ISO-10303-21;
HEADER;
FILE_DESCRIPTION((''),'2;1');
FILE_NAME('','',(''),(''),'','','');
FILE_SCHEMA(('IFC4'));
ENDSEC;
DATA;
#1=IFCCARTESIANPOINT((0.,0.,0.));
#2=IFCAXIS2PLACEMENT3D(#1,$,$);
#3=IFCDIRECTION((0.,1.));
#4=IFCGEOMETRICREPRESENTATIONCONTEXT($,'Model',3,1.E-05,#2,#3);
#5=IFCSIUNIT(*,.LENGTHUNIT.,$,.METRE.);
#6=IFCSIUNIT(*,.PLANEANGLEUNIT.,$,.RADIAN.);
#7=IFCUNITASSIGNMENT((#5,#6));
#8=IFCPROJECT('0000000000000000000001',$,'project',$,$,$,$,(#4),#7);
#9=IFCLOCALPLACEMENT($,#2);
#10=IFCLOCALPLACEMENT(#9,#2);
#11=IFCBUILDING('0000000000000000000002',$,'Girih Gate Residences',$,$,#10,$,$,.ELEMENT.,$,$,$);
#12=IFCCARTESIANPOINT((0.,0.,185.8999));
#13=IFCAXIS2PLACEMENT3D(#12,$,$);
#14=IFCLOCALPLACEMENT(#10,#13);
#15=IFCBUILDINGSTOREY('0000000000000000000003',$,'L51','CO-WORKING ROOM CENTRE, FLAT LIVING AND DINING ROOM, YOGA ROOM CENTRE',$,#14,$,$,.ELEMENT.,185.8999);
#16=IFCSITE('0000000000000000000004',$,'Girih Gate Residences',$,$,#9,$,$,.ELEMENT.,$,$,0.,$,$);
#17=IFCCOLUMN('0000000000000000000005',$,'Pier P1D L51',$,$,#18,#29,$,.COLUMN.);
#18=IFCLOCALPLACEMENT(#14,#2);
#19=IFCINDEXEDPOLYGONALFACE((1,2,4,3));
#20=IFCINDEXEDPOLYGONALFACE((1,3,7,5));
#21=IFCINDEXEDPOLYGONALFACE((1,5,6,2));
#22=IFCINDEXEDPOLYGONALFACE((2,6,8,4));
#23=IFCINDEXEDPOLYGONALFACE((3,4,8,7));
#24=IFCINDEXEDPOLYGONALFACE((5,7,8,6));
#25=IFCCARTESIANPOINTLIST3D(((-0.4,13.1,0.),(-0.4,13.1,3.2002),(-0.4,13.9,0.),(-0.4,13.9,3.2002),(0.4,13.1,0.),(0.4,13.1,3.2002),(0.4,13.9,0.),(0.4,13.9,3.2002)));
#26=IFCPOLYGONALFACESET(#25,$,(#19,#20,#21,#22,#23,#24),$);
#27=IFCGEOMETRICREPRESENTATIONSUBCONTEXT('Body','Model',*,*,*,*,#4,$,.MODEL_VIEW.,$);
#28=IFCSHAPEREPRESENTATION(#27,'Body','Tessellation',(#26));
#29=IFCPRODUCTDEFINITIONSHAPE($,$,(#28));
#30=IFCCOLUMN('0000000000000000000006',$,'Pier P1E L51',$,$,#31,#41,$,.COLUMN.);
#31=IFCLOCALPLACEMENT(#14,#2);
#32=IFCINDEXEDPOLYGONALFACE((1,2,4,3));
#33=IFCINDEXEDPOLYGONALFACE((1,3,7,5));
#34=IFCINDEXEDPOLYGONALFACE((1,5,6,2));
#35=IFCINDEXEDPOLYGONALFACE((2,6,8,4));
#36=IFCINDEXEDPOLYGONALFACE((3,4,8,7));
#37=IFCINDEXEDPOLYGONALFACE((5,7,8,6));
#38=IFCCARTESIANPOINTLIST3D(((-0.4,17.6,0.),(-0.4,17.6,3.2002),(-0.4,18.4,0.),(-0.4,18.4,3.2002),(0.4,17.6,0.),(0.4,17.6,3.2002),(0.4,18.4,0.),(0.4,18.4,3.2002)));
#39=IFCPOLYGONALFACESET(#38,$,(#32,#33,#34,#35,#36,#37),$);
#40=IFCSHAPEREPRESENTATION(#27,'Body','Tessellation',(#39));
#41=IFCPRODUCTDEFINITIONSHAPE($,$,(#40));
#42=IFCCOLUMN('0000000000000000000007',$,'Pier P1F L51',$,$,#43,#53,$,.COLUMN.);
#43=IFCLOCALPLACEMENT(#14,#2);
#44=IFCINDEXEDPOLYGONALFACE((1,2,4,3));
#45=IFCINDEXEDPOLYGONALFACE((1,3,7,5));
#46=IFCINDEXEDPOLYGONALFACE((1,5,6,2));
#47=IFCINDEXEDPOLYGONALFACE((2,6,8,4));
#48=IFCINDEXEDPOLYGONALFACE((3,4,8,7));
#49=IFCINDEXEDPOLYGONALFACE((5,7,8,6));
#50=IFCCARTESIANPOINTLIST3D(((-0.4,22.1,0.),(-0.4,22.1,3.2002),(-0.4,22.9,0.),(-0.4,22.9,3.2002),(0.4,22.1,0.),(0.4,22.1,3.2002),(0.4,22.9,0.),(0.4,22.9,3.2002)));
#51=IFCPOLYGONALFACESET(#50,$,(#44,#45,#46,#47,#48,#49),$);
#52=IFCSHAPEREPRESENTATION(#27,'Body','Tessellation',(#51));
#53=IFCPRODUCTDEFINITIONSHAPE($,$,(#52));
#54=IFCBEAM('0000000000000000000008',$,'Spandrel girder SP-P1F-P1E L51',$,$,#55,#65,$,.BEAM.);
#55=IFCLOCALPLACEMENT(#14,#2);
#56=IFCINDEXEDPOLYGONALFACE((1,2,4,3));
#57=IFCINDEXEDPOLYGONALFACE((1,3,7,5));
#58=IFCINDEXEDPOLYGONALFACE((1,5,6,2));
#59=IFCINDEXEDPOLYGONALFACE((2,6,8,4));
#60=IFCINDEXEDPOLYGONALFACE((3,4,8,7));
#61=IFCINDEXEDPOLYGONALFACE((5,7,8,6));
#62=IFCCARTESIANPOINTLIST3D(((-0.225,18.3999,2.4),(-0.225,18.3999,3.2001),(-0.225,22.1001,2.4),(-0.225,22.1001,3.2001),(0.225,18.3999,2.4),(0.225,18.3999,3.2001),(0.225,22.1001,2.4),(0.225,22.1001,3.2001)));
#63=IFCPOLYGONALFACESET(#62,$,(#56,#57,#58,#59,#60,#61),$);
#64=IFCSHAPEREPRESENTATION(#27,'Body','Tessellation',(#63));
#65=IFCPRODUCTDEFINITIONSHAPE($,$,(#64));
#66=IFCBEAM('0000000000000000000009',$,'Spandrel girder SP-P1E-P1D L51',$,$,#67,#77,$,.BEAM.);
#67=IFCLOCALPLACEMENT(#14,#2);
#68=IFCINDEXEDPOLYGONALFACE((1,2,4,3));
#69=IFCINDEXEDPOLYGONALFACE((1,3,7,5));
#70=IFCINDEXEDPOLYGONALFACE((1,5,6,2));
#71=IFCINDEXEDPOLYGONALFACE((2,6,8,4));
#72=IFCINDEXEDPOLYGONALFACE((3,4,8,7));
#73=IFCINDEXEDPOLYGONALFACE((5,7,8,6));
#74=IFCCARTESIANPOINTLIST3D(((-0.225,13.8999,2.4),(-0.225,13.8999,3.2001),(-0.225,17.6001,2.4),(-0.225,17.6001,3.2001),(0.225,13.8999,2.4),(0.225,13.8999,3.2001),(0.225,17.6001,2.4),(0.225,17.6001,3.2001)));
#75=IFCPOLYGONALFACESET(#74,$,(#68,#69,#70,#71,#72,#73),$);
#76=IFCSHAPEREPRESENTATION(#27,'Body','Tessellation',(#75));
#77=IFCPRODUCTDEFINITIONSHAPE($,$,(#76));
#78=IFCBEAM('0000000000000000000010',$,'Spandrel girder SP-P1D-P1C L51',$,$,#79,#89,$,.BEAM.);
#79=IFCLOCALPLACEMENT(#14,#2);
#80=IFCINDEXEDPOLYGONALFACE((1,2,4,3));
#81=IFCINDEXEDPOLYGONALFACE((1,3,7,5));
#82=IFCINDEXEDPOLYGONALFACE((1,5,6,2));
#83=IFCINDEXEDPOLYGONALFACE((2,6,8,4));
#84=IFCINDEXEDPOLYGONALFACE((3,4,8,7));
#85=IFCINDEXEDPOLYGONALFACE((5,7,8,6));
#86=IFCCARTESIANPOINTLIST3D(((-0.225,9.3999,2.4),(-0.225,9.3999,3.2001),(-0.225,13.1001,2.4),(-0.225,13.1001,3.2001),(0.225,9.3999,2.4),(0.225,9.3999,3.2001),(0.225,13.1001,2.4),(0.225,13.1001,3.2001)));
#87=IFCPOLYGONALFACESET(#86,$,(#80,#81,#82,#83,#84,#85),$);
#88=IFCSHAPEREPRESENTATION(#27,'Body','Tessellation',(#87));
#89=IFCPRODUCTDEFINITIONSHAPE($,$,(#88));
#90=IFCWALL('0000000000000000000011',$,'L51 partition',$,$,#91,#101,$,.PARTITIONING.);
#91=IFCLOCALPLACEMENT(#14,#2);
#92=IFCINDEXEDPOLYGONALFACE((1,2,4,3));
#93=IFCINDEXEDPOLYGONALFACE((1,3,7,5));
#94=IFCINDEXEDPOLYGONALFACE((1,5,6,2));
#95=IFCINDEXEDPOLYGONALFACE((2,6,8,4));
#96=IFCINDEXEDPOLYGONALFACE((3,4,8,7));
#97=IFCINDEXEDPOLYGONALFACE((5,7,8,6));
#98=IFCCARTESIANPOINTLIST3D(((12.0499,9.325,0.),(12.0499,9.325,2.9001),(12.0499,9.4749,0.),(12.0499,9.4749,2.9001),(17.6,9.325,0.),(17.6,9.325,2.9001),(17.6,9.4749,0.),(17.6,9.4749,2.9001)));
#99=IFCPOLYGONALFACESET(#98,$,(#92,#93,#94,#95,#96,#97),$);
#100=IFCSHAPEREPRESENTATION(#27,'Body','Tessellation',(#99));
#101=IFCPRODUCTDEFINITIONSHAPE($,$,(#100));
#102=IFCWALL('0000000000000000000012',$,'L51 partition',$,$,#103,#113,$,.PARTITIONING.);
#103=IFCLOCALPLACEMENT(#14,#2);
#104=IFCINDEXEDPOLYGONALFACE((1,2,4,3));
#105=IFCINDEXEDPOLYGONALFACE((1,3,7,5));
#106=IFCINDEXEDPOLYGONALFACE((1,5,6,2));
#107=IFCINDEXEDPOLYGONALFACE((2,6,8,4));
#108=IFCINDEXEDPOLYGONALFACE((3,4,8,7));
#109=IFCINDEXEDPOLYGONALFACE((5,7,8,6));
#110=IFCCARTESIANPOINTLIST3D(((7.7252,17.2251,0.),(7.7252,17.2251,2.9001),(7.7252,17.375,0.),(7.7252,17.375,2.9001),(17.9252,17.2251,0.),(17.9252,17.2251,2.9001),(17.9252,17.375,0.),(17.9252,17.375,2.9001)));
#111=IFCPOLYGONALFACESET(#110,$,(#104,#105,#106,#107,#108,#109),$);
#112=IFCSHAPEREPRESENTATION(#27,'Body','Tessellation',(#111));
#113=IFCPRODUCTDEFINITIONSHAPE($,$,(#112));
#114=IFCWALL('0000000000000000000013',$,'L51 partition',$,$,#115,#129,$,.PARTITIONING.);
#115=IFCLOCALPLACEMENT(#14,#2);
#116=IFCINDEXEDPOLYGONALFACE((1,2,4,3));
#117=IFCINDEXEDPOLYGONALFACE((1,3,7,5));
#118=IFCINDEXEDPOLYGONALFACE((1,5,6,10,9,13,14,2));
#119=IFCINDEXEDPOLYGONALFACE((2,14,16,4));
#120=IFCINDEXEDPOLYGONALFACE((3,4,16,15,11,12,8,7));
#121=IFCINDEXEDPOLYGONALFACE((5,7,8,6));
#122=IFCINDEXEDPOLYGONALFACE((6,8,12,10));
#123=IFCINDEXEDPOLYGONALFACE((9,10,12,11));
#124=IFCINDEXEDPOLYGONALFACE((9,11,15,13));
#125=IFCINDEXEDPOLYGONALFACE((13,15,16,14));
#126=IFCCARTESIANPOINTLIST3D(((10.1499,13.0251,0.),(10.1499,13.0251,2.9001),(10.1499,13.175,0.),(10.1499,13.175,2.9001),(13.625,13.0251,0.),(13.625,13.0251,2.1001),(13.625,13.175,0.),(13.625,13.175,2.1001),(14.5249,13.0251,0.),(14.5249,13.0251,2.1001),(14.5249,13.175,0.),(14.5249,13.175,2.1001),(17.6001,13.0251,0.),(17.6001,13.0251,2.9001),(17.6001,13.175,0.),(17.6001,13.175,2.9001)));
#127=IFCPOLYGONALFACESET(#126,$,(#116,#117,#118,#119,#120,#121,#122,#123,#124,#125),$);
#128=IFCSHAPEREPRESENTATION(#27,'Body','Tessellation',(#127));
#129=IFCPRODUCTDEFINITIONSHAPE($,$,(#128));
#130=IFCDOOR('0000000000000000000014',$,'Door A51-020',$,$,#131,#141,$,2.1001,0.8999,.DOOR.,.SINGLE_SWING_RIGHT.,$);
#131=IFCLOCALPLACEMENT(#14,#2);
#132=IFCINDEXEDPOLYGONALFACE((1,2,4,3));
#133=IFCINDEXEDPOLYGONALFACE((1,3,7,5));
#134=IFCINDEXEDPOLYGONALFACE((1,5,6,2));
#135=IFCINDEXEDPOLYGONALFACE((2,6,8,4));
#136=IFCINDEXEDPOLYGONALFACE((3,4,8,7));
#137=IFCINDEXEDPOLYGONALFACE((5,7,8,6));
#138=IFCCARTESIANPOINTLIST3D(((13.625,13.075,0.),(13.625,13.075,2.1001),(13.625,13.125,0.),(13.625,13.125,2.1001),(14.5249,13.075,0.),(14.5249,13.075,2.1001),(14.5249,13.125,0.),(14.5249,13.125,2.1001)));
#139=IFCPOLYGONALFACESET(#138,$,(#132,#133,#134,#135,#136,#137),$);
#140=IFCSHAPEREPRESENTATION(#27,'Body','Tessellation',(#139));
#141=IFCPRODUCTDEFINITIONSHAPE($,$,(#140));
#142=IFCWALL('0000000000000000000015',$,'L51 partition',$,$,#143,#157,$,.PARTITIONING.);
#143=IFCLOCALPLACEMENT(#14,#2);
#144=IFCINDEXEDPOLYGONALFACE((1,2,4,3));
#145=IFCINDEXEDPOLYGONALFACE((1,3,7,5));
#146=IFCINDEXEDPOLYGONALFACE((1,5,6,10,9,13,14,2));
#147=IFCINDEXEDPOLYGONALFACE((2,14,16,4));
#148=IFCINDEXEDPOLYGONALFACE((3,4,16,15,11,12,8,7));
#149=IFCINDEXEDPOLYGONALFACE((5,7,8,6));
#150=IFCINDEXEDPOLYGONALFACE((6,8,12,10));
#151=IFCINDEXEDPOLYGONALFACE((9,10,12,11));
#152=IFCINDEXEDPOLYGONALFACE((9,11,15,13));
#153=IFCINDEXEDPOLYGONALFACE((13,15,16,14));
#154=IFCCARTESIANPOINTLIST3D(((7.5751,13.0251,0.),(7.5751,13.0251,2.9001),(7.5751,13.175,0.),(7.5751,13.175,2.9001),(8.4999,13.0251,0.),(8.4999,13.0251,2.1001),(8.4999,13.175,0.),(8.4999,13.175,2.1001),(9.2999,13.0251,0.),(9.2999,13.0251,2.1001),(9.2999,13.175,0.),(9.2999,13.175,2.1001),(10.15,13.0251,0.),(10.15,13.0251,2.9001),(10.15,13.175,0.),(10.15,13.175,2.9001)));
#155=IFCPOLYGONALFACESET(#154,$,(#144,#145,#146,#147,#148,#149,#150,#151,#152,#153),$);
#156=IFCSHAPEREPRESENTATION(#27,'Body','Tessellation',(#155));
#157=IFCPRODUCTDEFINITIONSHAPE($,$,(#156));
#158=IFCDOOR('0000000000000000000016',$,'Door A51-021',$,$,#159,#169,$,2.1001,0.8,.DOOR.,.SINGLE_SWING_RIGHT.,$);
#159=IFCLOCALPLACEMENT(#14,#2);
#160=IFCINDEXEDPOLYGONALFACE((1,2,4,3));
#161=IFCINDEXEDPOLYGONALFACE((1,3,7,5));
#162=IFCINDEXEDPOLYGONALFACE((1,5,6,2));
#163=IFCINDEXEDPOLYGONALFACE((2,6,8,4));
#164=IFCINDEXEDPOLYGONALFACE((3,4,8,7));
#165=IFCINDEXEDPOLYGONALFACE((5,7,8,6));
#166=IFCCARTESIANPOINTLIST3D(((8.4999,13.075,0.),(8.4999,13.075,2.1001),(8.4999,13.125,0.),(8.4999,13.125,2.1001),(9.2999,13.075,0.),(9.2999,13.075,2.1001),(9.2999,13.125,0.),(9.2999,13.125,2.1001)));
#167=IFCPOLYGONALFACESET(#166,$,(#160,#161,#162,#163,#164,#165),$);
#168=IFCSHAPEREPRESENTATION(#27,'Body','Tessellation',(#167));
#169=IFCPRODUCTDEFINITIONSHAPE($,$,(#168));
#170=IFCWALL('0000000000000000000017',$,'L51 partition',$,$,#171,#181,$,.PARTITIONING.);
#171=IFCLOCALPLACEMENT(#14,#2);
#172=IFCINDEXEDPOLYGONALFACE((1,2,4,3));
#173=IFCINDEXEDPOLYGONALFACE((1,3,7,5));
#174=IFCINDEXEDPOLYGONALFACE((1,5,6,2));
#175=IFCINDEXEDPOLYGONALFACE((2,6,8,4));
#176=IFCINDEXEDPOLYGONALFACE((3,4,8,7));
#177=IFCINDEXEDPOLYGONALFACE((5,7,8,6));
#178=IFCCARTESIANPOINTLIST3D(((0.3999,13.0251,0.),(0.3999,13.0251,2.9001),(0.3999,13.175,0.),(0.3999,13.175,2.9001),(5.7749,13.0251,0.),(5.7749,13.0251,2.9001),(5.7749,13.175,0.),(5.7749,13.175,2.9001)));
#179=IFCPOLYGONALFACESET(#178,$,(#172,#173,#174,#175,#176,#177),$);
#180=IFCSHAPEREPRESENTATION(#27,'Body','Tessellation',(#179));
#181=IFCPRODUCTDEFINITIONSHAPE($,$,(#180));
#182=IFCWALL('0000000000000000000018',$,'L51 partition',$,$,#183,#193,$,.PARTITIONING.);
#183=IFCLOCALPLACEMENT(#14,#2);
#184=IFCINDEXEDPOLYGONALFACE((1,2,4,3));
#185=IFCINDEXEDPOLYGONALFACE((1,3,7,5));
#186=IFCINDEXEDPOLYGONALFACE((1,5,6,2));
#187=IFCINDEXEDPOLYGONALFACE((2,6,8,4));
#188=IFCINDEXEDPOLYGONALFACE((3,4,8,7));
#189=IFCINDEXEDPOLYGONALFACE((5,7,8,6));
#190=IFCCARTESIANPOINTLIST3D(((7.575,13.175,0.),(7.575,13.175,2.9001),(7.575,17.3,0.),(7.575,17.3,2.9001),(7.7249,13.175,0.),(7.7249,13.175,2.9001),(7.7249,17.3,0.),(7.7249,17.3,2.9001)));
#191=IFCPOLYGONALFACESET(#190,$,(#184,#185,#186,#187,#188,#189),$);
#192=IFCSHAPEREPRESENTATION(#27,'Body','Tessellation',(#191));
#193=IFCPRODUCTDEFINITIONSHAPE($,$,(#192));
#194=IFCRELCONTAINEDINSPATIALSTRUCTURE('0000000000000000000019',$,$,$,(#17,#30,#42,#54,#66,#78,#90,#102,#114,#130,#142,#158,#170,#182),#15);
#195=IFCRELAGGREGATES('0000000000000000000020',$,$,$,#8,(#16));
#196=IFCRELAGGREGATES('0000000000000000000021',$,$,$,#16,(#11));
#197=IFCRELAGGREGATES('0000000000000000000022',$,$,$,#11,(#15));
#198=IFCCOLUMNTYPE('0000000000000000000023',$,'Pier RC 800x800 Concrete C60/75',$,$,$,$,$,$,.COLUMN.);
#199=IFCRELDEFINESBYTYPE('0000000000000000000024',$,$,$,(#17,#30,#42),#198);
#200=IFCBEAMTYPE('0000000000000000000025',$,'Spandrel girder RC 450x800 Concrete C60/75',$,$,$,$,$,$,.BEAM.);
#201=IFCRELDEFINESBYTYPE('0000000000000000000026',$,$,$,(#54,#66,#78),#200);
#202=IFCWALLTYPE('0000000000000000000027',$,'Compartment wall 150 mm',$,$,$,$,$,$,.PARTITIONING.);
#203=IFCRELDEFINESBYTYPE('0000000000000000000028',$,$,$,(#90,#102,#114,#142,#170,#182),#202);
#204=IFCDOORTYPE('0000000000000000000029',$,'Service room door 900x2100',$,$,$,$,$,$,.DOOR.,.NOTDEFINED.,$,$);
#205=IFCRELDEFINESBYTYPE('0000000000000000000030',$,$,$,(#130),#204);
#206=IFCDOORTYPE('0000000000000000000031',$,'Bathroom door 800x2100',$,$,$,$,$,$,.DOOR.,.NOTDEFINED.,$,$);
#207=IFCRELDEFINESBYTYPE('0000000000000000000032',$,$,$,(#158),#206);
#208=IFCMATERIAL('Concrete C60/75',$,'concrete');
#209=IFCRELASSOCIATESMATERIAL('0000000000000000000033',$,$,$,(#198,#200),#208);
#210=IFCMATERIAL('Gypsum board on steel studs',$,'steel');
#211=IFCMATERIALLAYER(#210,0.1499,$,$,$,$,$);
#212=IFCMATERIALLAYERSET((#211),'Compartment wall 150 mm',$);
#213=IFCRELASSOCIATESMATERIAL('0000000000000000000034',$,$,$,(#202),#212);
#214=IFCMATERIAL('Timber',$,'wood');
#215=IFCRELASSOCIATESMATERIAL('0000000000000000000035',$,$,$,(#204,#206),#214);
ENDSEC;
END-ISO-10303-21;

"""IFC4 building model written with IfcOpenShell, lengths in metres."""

from ifc_helpers import new_model, si_unit, direction, frame, frame_2d, origin, origin_2d, place, context, subcontext, project, spatial, rectangle, extrude, material, layer, layer_set, material_profile, profile_set, type_object, element, fill, save


model = new_model("IFC4")

# Units and contexts
model_context = context("Model", 3, precision=1e-05, world=origin(), true_north=direction((0.0, 1.0)))
body_context = subcontext(model_context, "Body", "Model", "MODEL_VIEW")
ifc_project = project(units=[si_unit("LENGTHUNIT", "METRE"), si_unit("PLANEANGLEUNIT", "RADIAN")], contexts=[model_context])

# Site, building, storey
site_placement = place(None, origin())
site = spatial("IfcSite", under=ifc_project, at=site_placement, Name="Girih Gate Residences", CompositionType="ELEMENT", RefElevation=0.0)
building_placement = place(site_placement, origin())
building = spatial("IfcBuilding", under=site, at=building_placement, Name="Girih Gate Residences", CompositionType="ELEMENT")
storey_placement = place(building_placement, frame((0.0, 0.0, 185.8999)))
storey = spatial("IfcBuildingStorey", under=building, at=storey_placement, Name="L51", Description="CO-WORKING ROOM CENTRE, FLAT LIVING AND DINING ROOM, YOGA ROOM CENTRE", CompositionType="ELEMENT", Elevation=185.8999)

# Columns
ifc_material_1 = material(Name="Concrete C60/75", Category="concrete")
ifc_material_profile_1 = material_profile(ifc_material_1, rectangle(XDim=0.8, YDim=0.8, at=origin_2d()))
ifc_profile_set_1 = profile_set([ifc_material_profile_1], Name="Concrete C60/75")
column_type = type_object("IfcColumnType", Name="Pier RC 800x800 Concrete C60/75", PredefinedType="COLUMN", material=ifc_profile_set_1)
for number, where, z_axis, x_axis, name in (
    (1, (0.0, 13.5, 0.0), (0.0, 0.0, 1.0), (1.0, 0.0, 0.0), "Pier P1D L51"),
    (2, (0.0, 18.0, 0.0), (0.0, 0.0, 1.0), (1.0, 0.0, 0.0), "Pier P1E L51"),
    (3, (0.0, 22.5, 0.0), (0.0, 0.0, 1.0), (1.0, 0.0, 0.0), "Pier P1F L51"),
):
    element("IfcColumn", number, at=place(storey_placement, frame(where, z_axis=z_axis, x_axis=x_axis)), inside=storey, type_object=column_type, Name=name, PredefinedType="COLUMN", context=body_context, shape_type="SweptSolid", body=[
        extrude(rectangle(XDim=0.8, YDim=0.8, at=origin_2d()), origin(), (0.0, 0.0, 1.0), 3.2002),
    ])

# Beams
ifc_material_profile_2 = material_profile(ifc_material_1, rectangle(XDim=0.45, YDim=0.8, at=origin_2d()))
ifc_profile_set_2 = profile_set([ifc_material_profile_2], Name="Concrete C60/75")
beam_type = type_object("IfcBeamType", Name="Spandrel girder RC 450x800 Concrete C60/75", PredefinedType="BEAM", material=ifc_profile_set_2)
for number, where, z_axis, x_axis, name in (
    (4, (0.0, 22.1001, 2.8), (0.0, -1.0, 0.0), (1.0, 0.0, 0.0), "Spandrel girder SP-P1F-P1E L51"),
    (5, (0.0, 17.6001, 2.8), (0.0, -1.0, 0.0), (1.0, 0.0, 0.0), "Spandrel girder SP-P1E-P1D L51"),
    (6, (0.0, 13.1001, 2.8), (0.0, -1.0, 0.0), (1.0, 0.0, 0.0), "Spandrel girder SP-P1D-P1C L51"),
):
    element("IfcBeam", number, at=place(storey_placement, frame(where, z_axis=z_axis, x_axis=x_axis)), inside=storey, type_object=beam_type, Name=name, PredefinedType="BEAM", context=body_context, shape_type="SweptSolid", body=[
        extrude(rectangle(XDim=0.45, YDim=0.8, at=origin_2d()), origin(), (0.0, 0.0, 1.0), 3.7002),
    ])

# Wall
ifc_material_2 = material(Name="Gypsum board on steel studs", Category="steel")
ifc_layer_1 = layer(ifc_material_2, 0.1499)
ifc_layer_set_1 = layer_set([ifc_layer_1], Name="Compartment wall 150 mm")
wall_type_1 = type_object("IfcWallType", Name="Compartment wall 150 mm", PredefinedType="PARTITIONING", material=ifc_layer_set_1)
wall_1_placement = place(storey_placement, frame((12.05, 9.3999, 0.0), z_axis=(0.0, 0.0, 1.0), x_axis=(1.0, 0.0, 0.0)))
element("IfcWall", 7, at=wall_1_placement, inside=storey, type_object=wall_type_1, Name="L51 partition", PredefinedType="PARTITIONING", context=body_context, shape_type="SweptSolid", body=[
    extrude(rectangle(XDim=5.55, YDim=0.1499, at=frame_2d((2.7749, 0.0))), origin(), (0.0, 0.0, 1.0), 2.9001),
])

# Wall
wall_2_placement = place(storey_placement, frame((7.7251, 17.3, 0.0), z_axis=(0.0, 0.0, 1.0), x_axis=(1.0, 0.0, 0.0)))
element("IfcWall", 8, at=wall_2_placement, inside=storey, type_object=wall_type_1, Name="L51 partition", PredefinedType="PARTITIONING", context=body_context, shape_type="SweptSolid", body=[
    extrude(rectangle(XDim=10.2, YDim=0.1499, at=frame_2d((5.1001, 0.0))), origin(), (0.0, 0.0, 1.0), 2.9001),
])

# Walls, openings, doors
wall_3_placement = place(storey_placement, frame((10.1499, 13.1001, 0.0), z_axis=(0.0, 0.0, 1.0), x_axis=(1.0, 0.0, 0.0)))
wall_3 = element("IfcWall", 9, at=wall_3_placement, inside=storey, type_object=wall_type_1, Name="L51 partition", PredefinedType="PARTITIONING", context=body_context, shape_type="SweptSolid", body=[
    extrude(rectangle(XDim=7.4502, YDim=0.1499, at=frame_2d((3.7251, 0.0))), origin(), (0.0, 0.0, 1.0), 2.9001),
])
opening_1_placement = place(wall_3_placement, frame((3.4751, 0.0, 0.0)))
opening_1 = element("IfcOpeningElement", 10, at=opening_1_placement, cuts=wall_3, PredefinedType="OPENING", context=body_context, shape_type="SweptSolid", body=[
    extrude(rectangle(XDim=0.8999, YDim=2.1001, at=frame_2d((0.45, 1.05))), frame((0.0, 0.085, 0.0), z_axis=(0.0, -1.0, 0.0), x_axis=(1.0, 0.0, 0.0)), (0.0, 0.0, 1.0), 0.1699),
])
ifc_material_3 = material(Name="Timber", Category="wood")
door_type_1 = type_object("IfcDoorType", Name="Service room door 900x2100", OperationType="NOTDEFINED", PredefinedType="DOOR", material=ifc_material_3)
door_1_placement = place(opening_1_placement, origin())
door_1 = element("IfcDoor", 11, at=door_1_placement, inside=storey, type_object=door_type_1, Name="Door A51-020", OperationType="SINGLE_SWING_RIGHT", OverallHeight=2.1001, OverallWidth=0.8999, PredefinedType="DOOR", context=body_context, shape_type="SweptSolid", body=[
    extrude(rectangle(XDim=0.8999, YDim=2.1001, at=frame_2d((0.45, 1.05))), frame((0.0, 0.0249, 0.0), z_axis=(0.0, -1.0, 0.0), x_axis=(1.0, 0.0, 0.0)), (0.0, 0.0, 1.0), 0.05),
])
fill(opening_1, door_1)
wall_4_placement = place(storey_placement, frame((7.575, 13.1001, 0.0), z_axis=(0.0, 0.0, 1.0), x_axis=(1.0, 0.0, 0.0)))
wall_4 = element("IfcWall", 12, at=wall_4_placement, inside=storey, type_object=wall_type_1, Name="L51 partition", PredefinedType="PARTITIONING", context=body_context, shape_type="SweptSolid", body=[
    extrude(rectangle(XDim=2.575, YDim=0.1499, at=frame_2d((1.2876, 0.0))), origin(), (0.0, 0.0, 1.0), 2.9001),
])
opening_2_placement = place(wall_4_placement, frame((0.925, 0.0, 0.0)))
opening_2 = element("IfcOpeningElement", 13, at=opening_2_placement, cuts=wall_4, PredefinedType="OPENING", context=body_context, shape_type="SweptSolid", body=[
    extrude(rectangle(XDim=0.8, YDim=2.1001, at=frame_2d((0.3999, 1.05))), frame((0.0, 0.085, 0.0), z_axis=(0.0, -1.0, 0.0), x_axis=(1.0, 0.0, 0.0)), (0.0, 0.0, 1.0), 0.1699),
])
door_type_2 = type_object("IfcDoorType", Name="Bathroom door 800x2100", OperationType="NOTDEFINED", PredefinedType="DOOR", material=ifc_material_3)
door_2_placement = place(opening_2_placement, origin())
door_2 = element("IfcDoor", 14, at=door_2_placement, inside=storey, type_object=door_type_2, Name="Door A51-021", OperationType="SINGLE_SWING_RIGHT", OverallHeight=2.1001, OverallWidth=0.8, PredefinedType="DOOR", context=body_context, shape_type="SweptSolid", body=[
    extrude(rectangle(XDim=0.8, YDim=2.1001, at=frame_2d((0.3999, 1.05))), frame((0.0, 0.0249, 0.0), z_axis=(0.0, -1.0, 0.0), x_axis=(1.0, 0.0, 0.0)), (0.0, 0.0, 1.0), 0.05),
])
fill(opening_2, door_2)

# Walls
wall_5_placement = place(storey_placement, frame((0.3999, 13.1001, 0.0), z_axis=(0.0, 0.0, 1.0), x_axis=(1.0, 0.0, 0.0)))
element("IfcWall", 15, at=wall_5_placement, inside=storey, type_object=wall_type_1, Name="L51 partition", PredefinedType="PARTITIONING", context=body_context, shape_type="SweptSolid", body=[
    extrude(rectangle(XDim=5.375, YDim=0.1499, at=frame_2d((2.6875, 0.0))), origin(), (0.0, 0.0, 1.0), 2.9001),
])
wall_6_placement = place(storey_placement, frame((7.6499, 13.175, 0.0), z_axis=(0.0, 0.0, 1.0), x_axis=(0.0, 1.0, 0.0)))
element("IfcWall", 16, at=wall_6_placement, inside=storey, type_object=wall_type_1, Name="L51 partition", PredefinedType="PARTITIONING", context=body_context, shape_type="SweptSolid", body=[
    extrude(rectangle(XDim=4.125, YDim=0.1499, at=frame_2d((2.0625, 0.0))), origin(), (0.0, 0.0, 1.0), 2.9001),
])

save(model, "model.ifc")
